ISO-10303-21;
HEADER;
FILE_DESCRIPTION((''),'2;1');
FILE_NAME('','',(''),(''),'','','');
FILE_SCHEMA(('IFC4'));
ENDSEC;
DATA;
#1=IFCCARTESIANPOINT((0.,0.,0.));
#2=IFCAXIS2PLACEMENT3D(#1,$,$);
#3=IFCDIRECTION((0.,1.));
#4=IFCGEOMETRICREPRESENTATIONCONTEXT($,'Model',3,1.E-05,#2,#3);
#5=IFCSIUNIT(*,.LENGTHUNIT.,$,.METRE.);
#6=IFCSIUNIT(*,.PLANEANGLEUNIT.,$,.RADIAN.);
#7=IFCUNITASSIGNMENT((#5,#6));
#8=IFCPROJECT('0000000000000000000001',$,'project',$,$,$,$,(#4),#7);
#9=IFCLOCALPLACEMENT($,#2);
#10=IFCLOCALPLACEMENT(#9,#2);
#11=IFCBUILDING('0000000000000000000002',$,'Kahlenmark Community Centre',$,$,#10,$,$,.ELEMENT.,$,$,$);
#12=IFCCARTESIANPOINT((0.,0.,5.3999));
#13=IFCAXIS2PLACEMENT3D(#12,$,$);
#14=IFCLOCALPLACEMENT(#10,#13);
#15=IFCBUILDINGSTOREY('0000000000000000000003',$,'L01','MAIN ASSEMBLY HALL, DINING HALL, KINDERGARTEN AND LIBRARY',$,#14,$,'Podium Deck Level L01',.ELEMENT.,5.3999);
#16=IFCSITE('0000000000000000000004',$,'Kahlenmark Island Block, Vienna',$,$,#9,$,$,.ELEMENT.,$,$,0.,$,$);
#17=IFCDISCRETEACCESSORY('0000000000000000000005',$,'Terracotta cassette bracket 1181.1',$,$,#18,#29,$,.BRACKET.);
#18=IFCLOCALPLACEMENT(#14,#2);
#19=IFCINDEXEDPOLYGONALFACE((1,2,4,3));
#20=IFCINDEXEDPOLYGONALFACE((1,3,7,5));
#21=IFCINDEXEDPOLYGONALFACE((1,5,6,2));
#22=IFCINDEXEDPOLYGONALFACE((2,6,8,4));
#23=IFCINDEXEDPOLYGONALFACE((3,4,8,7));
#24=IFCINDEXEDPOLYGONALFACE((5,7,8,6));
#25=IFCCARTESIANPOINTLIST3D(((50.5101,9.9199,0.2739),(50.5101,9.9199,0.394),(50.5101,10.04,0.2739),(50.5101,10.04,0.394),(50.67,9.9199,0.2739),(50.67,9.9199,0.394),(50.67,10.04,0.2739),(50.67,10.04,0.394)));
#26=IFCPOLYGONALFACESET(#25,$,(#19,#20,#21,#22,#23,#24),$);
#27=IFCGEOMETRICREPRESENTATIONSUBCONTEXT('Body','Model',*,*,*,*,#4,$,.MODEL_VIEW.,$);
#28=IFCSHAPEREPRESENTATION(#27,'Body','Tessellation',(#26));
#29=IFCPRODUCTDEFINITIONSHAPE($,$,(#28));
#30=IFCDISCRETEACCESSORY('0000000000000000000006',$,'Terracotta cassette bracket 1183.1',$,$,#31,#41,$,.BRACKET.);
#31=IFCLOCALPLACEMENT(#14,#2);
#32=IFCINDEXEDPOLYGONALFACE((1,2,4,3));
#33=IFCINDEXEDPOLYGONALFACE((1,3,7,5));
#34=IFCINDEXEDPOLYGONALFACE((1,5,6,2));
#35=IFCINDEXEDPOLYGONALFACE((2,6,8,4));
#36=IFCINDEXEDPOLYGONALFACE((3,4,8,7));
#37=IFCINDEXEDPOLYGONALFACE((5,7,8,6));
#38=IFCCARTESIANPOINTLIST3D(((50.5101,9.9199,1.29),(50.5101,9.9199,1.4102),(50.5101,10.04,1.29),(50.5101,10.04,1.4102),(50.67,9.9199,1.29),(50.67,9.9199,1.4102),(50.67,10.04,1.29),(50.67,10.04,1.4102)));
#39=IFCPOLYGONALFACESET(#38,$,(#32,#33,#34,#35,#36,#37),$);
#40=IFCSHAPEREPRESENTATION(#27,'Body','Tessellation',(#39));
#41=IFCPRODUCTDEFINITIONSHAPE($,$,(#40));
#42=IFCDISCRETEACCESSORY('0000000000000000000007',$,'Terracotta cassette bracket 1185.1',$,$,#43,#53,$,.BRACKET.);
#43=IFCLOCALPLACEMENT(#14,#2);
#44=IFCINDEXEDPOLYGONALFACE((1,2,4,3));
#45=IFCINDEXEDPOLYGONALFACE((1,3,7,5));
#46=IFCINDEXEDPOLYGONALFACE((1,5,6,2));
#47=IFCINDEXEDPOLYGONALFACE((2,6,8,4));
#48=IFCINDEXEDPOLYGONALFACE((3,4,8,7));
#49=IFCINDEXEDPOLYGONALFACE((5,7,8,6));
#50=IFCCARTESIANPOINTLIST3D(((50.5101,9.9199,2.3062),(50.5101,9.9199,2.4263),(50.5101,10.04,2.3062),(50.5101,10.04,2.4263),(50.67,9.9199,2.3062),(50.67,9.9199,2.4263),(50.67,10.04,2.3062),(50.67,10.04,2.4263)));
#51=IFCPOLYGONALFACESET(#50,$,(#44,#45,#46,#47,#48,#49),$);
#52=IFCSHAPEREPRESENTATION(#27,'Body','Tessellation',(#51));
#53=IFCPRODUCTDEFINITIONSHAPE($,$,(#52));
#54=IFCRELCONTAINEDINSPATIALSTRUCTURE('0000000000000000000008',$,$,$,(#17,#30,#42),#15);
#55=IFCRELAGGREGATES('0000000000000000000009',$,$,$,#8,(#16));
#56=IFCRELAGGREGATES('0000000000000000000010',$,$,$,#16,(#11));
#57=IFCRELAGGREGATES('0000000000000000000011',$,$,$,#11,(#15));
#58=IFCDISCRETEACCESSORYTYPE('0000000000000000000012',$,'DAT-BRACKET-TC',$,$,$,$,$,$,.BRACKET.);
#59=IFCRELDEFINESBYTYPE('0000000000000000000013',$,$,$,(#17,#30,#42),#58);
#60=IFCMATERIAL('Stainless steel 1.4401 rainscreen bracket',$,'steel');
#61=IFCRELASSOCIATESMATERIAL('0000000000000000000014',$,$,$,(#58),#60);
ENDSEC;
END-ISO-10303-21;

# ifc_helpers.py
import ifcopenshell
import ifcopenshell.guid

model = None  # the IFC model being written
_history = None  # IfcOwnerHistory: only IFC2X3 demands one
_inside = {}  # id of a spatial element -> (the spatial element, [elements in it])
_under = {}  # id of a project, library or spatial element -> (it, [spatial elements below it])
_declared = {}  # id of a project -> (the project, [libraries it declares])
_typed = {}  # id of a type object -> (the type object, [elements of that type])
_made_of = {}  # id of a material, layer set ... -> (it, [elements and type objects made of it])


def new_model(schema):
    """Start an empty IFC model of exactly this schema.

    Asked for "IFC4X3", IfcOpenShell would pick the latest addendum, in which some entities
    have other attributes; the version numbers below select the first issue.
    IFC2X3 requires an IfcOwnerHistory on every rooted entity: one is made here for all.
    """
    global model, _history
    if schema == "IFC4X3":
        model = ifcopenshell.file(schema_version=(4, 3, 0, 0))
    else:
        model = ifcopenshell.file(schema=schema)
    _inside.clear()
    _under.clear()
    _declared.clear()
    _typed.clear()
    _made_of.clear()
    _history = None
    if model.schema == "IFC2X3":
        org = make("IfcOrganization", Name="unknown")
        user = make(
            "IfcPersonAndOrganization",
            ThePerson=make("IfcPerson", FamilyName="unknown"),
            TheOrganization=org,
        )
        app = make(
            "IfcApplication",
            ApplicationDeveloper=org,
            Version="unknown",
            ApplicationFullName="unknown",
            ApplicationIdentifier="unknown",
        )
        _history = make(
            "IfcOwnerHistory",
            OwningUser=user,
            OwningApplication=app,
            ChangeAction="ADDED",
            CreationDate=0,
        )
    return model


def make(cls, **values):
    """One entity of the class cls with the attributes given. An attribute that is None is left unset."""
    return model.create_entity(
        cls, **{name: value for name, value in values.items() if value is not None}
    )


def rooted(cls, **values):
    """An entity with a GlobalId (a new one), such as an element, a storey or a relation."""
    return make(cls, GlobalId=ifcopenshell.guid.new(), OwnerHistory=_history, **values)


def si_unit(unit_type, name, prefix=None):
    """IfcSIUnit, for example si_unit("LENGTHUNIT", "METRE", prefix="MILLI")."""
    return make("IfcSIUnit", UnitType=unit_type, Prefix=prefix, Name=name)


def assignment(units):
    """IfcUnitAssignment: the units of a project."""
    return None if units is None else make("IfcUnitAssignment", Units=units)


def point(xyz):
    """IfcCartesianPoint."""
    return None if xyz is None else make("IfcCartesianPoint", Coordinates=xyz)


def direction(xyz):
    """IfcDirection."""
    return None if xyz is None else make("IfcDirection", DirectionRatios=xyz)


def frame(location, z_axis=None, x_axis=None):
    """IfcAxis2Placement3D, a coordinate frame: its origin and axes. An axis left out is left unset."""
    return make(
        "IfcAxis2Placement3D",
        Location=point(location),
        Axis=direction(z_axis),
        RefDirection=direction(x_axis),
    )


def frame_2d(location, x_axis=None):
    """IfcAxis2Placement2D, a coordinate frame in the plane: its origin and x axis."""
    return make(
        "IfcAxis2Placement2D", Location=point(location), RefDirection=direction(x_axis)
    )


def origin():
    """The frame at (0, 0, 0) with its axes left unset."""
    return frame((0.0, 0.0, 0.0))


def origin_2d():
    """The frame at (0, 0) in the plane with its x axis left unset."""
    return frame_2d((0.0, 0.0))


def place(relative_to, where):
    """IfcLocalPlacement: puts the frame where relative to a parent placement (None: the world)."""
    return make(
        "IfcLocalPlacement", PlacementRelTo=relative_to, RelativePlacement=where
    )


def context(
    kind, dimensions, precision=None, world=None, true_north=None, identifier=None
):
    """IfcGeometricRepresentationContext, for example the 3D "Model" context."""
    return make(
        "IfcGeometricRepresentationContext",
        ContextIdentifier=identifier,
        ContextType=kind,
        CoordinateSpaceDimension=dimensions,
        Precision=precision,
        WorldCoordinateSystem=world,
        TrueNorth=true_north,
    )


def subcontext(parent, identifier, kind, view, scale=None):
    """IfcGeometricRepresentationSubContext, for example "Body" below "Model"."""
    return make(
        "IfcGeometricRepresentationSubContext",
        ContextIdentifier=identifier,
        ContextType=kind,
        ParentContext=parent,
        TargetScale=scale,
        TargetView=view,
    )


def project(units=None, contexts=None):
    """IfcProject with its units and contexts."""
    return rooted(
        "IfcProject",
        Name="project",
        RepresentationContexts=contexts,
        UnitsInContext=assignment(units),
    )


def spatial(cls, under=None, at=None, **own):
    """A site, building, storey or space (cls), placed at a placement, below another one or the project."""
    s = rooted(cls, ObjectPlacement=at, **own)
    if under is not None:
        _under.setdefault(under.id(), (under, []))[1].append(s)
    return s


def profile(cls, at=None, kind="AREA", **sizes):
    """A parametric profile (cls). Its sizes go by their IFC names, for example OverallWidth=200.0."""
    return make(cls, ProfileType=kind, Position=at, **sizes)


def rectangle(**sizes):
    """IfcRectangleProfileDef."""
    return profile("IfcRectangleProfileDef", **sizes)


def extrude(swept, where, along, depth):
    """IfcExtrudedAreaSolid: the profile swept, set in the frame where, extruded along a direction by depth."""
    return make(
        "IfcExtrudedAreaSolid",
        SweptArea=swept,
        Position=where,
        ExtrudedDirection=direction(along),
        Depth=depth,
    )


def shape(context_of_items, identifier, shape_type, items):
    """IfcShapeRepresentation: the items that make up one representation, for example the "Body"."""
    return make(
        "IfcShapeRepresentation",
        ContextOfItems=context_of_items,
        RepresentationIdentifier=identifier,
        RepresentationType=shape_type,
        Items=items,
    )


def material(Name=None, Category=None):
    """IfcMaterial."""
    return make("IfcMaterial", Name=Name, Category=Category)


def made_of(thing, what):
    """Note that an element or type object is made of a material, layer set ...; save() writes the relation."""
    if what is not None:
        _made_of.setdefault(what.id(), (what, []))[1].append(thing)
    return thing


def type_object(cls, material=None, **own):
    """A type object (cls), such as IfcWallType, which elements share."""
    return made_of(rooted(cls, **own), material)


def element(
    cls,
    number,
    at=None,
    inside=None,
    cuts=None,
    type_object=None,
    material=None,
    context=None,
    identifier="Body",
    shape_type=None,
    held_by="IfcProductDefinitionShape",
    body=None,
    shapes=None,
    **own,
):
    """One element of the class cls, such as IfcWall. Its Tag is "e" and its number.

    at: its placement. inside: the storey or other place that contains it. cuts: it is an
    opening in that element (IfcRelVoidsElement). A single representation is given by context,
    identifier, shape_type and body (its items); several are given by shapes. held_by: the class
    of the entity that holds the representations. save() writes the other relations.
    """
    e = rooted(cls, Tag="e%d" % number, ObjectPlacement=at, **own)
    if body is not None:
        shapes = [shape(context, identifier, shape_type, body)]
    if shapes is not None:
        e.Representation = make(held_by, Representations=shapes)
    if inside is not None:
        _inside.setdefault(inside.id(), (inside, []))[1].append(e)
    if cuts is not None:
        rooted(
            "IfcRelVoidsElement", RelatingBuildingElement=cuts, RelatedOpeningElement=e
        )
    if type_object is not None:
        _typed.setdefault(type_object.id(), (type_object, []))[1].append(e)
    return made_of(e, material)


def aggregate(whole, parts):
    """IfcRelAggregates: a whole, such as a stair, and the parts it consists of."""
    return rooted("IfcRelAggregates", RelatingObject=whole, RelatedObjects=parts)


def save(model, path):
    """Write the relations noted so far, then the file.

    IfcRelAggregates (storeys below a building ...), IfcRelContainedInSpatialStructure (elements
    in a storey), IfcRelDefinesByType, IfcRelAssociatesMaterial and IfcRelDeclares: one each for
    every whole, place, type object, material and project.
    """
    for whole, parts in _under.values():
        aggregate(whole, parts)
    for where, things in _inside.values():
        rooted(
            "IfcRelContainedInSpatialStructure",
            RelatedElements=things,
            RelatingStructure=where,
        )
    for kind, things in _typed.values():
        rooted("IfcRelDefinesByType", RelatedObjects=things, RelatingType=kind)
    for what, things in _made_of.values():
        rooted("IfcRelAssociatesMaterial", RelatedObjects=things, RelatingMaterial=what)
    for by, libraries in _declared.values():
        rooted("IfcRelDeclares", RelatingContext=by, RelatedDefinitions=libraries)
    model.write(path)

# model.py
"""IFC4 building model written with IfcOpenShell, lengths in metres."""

from ifc_helpers import new_model, si_unit, direction, frame, origin, origin_2d, place, context, subcontext, project, spatial, rectangle, extrude, material, type_object, element, save


model = new_model("IFC4")

# Units and contexts
model_context = context("Model", 3, precision=1e-05, world=origin(), true_north=direction((0.0, 1.0)))
body_context = subcontext(model_context, "Body", "Model", "MODEL_VIEW")
ifc_project = project(units=[si_unit("LENGTHUNIT", "METRE"), si_unit("PLANEANGLEUNIT", "RADIAN")], contexts=[model_context])

# Site, building, storey
site_placement = place(None, origin())
site = spatial("IfcSite", under=ifc_project, at=site_placement, Name="Kahlenmark Island Block, Vienna", CompositionType="ELEMENT", RefElevation=0.0)
building_placement = place(site_placement, origin())
building = spatial("IfcBuilding", under=site, at=building_placement, Name="Kahlenmark Community Centre", CompositionType="ELEMENT")
storey_placement = place(building_placement, frame((0.0, 0.0, 5.3999)))
storey = spatial("IfcBuildingStorey", under=building, at=storey_placement, Name="L01", Description="MAIN ASSEMBLY HALL, DINING HALL, KINDERGARTEN AND LIBRARY", LongName="Podium Deck Level L01", CompositionType="ELEMENT", Elevation=5.3999)

# Discrete accessories
ifc_material_1 = material(Name="Stainless steel 1.4401 rainscreen bracket", Category="steel")
discrete_accessory_type = type_object("IfcDiscreteAccessoryType", Name="DAT-BRACKET-TC", PredefinedType="BRACKET", material=ifc_material_1)
for number, where, z_axis, x_axis, name in (
    (1, (50.5901, 9.98, 0.2739), (0.0, 0.0, 1.0), (0.0, -1.0, 0.0), "Terracotta cassette bracket 1181.1"),
    (2, (50.5901, 9.98, 1.29), (0.0, 0.0, 1.0), (0.0, -1.0, 0.0), "Terracotta cassette bracket 1183.1"),
    (3, (50.5901, 9.98, 2.3062), (0.0, 0.0, 1.0), (0.0, -1.0, 0.0), "Terracotta cassette bracket 1185.1"),
):
    element("IfcDiscreteAccessory", number, at=place(storey_placement, frame(where, z_axis=z_axis, x_axis=x_axis)), inside=storey, type_object=discrete_accessory_type, Name=name, PredefinedType="BRACKET", context=body_context, shape_type="SweptSolid", body=[
        extrude(rectangle(XDim=0.1201, YDim=0.1599, at=origin_2d()), origin(), (0.0, 0.0, 1.0), 0.1201),
    ])

save(model, "model.ifc")
